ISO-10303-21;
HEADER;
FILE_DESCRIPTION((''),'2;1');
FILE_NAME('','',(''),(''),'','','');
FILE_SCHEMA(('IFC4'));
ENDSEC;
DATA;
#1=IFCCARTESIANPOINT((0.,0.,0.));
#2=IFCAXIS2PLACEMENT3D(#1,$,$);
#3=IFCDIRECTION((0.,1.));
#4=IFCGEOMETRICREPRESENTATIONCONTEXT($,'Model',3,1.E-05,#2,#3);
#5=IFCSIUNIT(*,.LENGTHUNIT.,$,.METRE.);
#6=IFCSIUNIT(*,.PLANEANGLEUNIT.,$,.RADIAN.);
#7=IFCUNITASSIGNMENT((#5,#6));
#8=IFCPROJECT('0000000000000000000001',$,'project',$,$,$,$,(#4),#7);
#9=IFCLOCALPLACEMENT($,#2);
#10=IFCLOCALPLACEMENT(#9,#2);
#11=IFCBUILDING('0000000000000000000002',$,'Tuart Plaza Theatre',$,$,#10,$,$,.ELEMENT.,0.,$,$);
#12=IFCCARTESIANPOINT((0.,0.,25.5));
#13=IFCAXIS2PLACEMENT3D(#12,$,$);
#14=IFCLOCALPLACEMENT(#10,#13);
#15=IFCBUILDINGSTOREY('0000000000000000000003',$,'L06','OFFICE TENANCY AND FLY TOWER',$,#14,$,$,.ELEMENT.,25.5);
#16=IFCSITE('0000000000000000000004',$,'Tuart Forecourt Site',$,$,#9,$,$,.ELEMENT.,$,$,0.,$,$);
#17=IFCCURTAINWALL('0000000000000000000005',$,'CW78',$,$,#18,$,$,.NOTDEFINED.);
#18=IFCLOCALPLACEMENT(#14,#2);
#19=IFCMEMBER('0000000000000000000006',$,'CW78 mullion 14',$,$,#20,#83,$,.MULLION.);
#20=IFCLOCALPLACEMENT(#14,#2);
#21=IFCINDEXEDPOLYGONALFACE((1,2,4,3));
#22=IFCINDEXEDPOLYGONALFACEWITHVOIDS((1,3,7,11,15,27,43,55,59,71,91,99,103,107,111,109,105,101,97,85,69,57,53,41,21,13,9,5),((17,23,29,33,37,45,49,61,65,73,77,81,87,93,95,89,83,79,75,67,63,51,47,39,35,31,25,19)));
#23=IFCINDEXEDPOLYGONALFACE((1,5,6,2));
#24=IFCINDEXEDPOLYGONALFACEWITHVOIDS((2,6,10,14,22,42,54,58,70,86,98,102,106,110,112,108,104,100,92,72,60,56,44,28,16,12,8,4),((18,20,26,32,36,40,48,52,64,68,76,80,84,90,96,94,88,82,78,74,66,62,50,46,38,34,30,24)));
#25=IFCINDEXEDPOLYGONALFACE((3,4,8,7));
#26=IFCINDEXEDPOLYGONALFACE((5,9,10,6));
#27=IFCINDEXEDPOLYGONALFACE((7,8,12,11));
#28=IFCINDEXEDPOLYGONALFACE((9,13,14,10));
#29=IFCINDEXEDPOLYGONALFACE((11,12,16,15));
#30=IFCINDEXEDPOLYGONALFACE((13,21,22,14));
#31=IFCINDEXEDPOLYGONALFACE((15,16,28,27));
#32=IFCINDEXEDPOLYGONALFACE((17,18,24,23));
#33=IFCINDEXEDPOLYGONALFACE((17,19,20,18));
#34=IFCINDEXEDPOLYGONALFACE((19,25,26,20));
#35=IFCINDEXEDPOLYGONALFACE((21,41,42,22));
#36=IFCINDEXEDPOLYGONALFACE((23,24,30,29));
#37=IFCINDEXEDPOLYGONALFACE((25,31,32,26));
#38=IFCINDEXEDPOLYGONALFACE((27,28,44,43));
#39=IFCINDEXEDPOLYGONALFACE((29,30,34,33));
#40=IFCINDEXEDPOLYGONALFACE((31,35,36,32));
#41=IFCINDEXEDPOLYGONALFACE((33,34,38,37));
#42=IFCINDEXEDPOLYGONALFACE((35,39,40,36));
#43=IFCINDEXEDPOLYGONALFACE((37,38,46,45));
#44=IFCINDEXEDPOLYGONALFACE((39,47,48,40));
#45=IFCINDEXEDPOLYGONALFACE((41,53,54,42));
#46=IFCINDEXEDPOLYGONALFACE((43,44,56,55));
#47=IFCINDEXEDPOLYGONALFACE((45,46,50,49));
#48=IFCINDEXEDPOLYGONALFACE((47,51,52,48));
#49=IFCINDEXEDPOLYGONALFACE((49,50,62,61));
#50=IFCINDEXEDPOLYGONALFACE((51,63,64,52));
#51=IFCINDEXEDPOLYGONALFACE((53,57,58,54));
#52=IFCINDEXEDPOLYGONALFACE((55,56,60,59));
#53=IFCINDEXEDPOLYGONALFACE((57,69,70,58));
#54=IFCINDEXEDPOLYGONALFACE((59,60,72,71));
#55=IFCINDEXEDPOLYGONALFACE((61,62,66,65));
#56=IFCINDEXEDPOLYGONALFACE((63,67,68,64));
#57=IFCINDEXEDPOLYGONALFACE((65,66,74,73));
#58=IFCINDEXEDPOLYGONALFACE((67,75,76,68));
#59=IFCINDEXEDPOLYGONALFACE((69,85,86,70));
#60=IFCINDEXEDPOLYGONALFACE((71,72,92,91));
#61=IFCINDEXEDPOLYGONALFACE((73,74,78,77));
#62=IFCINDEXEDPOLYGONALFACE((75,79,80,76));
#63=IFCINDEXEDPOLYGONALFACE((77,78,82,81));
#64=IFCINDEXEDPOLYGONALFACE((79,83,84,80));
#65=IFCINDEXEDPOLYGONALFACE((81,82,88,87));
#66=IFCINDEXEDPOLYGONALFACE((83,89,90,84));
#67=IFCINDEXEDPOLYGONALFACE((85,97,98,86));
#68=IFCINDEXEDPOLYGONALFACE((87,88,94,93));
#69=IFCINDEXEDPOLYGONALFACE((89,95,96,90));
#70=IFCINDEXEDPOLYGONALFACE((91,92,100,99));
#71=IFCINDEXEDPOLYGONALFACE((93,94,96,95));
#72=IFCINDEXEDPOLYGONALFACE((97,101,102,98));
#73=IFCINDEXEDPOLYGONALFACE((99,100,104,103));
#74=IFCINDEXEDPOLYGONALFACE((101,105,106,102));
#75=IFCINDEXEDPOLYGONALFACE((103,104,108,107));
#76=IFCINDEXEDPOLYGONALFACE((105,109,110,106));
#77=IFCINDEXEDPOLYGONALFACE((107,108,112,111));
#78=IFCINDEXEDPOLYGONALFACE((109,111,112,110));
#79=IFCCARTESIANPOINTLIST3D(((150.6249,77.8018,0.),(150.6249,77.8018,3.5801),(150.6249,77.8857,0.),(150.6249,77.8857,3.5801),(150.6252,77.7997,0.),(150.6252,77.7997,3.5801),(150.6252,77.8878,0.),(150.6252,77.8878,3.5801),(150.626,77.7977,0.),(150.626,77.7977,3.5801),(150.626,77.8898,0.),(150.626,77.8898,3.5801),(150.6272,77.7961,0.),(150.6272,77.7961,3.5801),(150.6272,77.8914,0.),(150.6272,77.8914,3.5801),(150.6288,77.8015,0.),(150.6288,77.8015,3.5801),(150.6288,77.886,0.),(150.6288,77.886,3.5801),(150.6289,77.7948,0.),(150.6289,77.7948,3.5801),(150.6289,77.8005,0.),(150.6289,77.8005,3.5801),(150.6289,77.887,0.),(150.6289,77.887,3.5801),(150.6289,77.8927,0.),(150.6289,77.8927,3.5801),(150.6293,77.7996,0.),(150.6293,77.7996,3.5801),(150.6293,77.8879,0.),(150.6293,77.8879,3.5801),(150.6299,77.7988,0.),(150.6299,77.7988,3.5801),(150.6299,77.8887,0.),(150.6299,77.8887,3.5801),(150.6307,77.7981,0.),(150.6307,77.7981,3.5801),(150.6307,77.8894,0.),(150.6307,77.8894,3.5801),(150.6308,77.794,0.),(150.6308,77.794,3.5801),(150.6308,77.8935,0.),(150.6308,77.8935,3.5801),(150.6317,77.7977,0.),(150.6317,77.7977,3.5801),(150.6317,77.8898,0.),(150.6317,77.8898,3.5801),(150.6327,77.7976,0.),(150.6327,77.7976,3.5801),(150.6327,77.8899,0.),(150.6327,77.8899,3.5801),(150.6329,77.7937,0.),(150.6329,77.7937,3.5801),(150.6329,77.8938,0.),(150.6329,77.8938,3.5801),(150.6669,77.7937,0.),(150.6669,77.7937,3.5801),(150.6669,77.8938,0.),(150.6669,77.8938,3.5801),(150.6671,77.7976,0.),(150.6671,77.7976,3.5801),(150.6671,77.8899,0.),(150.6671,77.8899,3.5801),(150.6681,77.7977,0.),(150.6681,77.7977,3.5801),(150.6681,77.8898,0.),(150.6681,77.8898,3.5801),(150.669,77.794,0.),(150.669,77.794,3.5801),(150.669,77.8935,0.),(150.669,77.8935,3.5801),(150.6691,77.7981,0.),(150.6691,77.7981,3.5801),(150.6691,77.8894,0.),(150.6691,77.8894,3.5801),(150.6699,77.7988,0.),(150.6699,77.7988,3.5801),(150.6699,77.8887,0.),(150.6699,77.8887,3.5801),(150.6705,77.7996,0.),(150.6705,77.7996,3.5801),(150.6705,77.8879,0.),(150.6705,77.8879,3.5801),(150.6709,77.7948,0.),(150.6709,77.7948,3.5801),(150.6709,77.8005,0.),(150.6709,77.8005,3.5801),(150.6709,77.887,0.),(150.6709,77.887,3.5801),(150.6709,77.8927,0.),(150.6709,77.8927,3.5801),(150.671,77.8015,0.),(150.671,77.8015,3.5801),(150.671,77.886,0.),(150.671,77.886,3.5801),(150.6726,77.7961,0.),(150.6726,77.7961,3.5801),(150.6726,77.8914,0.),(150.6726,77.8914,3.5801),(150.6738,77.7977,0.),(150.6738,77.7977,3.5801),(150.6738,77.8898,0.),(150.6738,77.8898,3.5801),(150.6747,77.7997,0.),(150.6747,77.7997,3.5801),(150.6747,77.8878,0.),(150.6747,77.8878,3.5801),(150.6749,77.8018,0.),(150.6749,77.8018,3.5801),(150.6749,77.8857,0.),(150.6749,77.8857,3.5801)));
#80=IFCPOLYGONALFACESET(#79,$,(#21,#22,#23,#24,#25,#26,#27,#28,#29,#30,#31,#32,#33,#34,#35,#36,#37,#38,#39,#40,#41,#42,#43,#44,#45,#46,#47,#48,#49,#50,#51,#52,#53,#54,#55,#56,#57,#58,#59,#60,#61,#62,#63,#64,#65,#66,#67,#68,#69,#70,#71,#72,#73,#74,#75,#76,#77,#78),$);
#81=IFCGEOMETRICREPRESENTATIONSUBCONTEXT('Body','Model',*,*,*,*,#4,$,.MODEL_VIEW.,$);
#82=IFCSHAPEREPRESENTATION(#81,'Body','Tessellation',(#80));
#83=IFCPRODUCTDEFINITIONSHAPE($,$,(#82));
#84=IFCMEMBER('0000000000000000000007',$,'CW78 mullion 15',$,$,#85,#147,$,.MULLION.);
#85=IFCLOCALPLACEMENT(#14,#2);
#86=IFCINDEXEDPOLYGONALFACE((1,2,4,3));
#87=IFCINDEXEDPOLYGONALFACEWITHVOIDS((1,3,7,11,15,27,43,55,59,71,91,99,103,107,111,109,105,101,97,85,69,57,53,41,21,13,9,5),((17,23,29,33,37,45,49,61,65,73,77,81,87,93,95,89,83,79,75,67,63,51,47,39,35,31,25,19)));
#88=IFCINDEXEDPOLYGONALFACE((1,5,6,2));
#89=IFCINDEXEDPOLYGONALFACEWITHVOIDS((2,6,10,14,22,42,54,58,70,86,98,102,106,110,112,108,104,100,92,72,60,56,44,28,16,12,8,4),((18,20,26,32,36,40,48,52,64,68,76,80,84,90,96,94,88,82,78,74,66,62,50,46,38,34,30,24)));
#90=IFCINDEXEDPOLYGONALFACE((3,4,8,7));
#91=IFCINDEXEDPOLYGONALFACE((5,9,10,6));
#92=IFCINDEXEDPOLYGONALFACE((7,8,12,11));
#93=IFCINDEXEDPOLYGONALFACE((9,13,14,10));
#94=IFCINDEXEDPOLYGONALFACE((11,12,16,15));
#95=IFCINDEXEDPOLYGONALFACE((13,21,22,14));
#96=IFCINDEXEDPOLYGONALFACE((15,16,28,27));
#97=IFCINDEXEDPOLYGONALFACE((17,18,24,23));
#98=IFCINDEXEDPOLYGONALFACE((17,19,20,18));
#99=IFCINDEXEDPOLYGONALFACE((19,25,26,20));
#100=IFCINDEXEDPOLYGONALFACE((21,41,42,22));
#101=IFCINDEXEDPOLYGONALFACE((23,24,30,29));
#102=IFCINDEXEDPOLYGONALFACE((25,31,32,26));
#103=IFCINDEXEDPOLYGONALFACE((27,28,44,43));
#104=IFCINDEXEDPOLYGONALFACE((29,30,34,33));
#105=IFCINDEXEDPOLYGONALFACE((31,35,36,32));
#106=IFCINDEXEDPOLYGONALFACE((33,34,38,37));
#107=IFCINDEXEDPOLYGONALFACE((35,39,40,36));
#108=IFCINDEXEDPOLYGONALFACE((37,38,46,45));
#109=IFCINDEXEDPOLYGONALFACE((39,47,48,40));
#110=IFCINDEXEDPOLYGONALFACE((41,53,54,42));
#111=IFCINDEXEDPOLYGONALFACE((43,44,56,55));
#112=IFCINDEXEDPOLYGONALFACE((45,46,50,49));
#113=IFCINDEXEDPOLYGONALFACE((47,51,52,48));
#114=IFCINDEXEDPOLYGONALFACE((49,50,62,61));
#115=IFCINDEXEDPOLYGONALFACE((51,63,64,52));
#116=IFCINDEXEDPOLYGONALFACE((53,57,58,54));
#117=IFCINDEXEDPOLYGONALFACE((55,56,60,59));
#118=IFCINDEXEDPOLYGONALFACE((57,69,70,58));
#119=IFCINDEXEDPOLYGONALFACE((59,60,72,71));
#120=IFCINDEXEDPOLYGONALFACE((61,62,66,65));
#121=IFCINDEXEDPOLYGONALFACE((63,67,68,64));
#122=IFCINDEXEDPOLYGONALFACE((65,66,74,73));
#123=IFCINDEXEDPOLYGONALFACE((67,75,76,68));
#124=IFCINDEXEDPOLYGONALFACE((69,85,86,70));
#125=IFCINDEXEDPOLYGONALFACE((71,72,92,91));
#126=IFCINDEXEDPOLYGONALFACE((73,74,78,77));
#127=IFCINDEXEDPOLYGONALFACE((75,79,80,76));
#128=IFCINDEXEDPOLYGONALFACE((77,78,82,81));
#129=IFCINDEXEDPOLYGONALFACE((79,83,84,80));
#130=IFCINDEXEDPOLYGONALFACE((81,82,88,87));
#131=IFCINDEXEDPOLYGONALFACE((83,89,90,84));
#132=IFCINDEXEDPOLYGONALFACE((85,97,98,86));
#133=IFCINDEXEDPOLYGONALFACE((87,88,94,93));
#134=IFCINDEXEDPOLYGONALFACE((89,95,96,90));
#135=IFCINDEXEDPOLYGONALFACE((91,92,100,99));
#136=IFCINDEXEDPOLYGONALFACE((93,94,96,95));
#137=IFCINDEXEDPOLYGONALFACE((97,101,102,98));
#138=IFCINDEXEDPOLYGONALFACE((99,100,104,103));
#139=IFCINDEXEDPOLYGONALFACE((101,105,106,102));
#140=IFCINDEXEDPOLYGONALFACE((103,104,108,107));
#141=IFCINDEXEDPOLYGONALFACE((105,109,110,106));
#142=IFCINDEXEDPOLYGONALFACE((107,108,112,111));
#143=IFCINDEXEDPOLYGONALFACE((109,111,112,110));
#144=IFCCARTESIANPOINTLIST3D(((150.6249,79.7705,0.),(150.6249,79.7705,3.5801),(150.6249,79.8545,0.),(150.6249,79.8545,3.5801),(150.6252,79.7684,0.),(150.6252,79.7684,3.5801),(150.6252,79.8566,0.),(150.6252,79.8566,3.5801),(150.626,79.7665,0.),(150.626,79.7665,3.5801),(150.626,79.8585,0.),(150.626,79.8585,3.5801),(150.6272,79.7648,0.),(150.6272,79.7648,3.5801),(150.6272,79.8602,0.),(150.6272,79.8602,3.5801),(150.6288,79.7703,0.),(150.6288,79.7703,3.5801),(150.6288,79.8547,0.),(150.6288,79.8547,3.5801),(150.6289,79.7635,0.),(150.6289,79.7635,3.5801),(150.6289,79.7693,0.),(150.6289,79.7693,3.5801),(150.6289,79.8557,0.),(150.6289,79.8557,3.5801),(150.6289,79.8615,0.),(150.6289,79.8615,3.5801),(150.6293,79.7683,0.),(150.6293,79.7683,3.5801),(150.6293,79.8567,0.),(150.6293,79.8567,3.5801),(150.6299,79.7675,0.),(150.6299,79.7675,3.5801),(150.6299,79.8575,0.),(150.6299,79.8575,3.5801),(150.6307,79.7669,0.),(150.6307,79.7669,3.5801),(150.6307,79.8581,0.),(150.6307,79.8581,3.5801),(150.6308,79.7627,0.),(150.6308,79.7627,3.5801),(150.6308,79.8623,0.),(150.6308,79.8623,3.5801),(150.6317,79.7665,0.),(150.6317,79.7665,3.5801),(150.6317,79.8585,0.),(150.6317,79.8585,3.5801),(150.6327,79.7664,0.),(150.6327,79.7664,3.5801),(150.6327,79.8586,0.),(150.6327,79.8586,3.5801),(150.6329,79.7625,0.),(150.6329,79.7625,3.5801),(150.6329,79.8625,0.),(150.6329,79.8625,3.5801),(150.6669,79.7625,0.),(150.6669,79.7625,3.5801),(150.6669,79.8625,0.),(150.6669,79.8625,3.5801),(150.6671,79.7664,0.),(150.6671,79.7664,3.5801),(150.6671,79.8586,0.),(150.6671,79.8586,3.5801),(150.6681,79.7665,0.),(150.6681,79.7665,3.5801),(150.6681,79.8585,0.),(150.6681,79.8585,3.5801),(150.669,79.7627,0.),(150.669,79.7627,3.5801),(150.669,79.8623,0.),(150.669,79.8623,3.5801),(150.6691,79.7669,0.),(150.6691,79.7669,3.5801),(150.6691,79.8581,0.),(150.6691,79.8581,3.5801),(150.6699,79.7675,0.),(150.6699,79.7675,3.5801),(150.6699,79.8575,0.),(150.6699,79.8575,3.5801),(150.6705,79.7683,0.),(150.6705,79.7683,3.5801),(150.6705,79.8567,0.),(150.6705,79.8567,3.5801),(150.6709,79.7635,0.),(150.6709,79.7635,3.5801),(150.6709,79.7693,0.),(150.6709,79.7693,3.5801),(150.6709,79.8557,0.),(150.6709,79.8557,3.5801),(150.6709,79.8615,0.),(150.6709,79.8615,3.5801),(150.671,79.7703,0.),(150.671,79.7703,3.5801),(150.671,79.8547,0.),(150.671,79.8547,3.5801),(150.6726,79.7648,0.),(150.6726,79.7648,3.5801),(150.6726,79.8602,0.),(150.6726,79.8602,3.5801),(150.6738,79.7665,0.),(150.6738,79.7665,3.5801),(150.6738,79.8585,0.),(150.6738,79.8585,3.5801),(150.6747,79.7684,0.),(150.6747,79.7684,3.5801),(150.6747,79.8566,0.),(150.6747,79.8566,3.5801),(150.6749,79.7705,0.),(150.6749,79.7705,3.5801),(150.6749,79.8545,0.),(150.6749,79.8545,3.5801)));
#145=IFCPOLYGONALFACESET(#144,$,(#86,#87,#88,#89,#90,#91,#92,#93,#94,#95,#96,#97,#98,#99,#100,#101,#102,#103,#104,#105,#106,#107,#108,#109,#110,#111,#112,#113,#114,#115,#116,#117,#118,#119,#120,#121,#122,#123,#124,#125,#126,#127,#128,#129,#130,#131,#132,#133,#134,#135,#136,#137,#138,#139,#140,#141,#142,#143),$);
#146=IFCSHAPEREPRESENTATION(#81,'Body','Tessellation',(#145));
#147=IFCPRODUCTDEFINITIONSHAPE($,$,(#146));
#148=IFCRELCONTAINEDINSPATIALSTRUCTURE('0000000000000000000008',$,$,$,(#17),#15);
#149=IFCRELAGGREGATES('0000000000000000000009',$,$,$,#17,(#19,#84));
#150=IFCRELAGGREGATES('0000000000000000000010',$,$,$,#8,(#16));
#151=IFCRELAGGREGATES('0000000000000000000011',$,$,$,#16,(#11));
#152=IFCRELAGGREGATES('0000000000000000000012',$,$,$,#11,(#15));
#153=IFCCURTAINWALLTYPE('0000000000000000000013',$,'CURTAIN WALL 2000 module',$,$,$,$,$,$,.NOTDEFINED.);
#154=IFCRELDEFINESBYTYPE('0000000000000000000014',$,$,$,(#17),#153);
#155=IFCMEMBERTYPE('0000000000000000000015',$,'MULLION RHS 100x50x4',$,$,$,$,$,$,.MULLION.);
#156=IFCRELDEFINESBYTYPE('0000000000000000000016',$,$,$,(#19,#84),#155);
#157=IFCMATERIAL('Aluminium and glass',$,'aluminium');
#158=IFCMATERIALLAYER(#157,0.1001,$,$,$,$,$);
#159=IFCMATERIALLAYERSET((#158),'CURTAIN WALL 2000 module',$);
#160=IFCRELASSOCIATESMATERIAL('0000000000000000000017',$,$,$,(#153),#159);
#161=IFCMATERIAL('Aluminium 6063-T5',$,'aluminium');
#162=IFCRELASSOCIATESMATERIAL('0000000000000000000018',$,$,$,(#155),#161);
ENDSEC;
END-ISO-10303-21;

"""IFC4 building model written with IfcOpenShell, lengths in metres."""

from ifc_helpers import new_model, si_unit, direction, frame, origin, origin_2d, place, context, subcontext, project, spatial, hollow_rectangle, extrude, material, layer, layer_set, material_profile, profile_set, type_object, element, aggregate, save


model = new_model("IFC4")

# Units and contexts
model_context = context("Model", 3, precision=1e-05, world=origin(), true_north=direction((0.0, 1.0)))
body_context = subcontext(model_context, "Body", "Model", "MODEL_VIEW")
ifc_project = project(units=[si_unit("LENGTHUNIT", "METRE"), si_unit("PLANEANGLEUNIT", "RADIAN")], contexts=[model_context])

# Site, building, storey
site_placement = place(None, origin())
site = spatial("IfcSite", under=ifc_project, at=site_placement, Name="Tuart Forecourt Site", CompositionType="ELEMENT", RefElevation=0.0)
building_placement = place(site_placement, origin())
building = spatial("IfcBuilding", under=site, at=building_placement, Name="Tuart Plaza Theatre", CompositionType="ELEMENT", ElevationOfRefHeight=0.0)
storey_placement = place(building_placement, frame((0.0, 0.0, 25.5)))
storey = spatial("IfcBuildingStorey", under=building, at=storey_placement, Name="L06", Description="OFFICE TENANCY AND FLY TOWER", CompositionType="ELEMENT", Elevation=25.5)

# Curtain wall, members
ifc_material_1 = material(Name="Aluminium and glass", Category="aluminium")
ifc_layer_1 = layer(ifc_material_1, 0.1001)
ifc_layer_set_1 = layer_set([ifc_layer_1], Name="CURTAIN WALL 2000 module")
curtain_wall_type = type_object("IfcCurtainWallType", Name="CURTAIN WALL 2000 module", PredefinedType="NOTDEFINED", material=ifc_layer_set_1)
curtain_wall_placement = place(storey_placement, origin())
curtain_wall = element("IfcCurtainWall", 1, at=curtain_wall_placement, inside=storey, type_object=curtain_wall_type, Name="CW78", PredefinedType="NOTDEFINED")
ifc_material_2 = material(Name="Aluminium 6063-T5", Category="aluminium")
ifc_material_profile_1 = material_profile(ifc_material_2, hollow_rectangle(XDim=0.05, YDim=0.1001, WallThickness=0.0039, InnerFilletRadius=0.0039, OuterFilletRadius=0.0081, at=origin_2d()), Name="RHS 100x50x4")
ifc_profile_set_1 = profile_set([ifc_material_profile_1], Name="Aluminium 6063-T5")
member_type_1 = type_object("IfcMemberType", Name="MULLION RHS 100x50x4", PredefinedType="MULLION", material=ifc_profile_set_1)
member_1_placement = place(storey_placement, frame((150.6499, 77.8438, 0.0), z_axis=(0.0, 0.0, 1.0), x_axis=(-1.0, 0.0, 0.0)))
member_1 = element("IfcMember", 2, at=member_1_placement, type_object=member_type_1, Name="CW78 mullion 14", PredefinedType="MULLION", context=body_context, shape_type="SweptSolid", body=[
    extrude(hollow_rectangle(XDim=0.05, YDim=0.1001, WallThickness=0.0039, InnerFilletRadius=0.0039, OuterFilletRadius=0.0081, at=origin_2d()), origin(), (0.0, 0.0, 1.0), 3.5801),
])
member_2_placement = place(storey_placement, frame((150.6499, 79.8125, 0.0), z_axis=(0.0, 0.0, 1.0), x_axis=(-1.0, 0.0, 0.0)))
member_2 = element("IfcMember", 3, at=member_2_placement, type_object=member_type_1, Name="CW78 mullion 15", PredefinedType="MULLION", context=body_context, shape_type="SweptSolid", body=[
    extrude(hollow_rectangle(XDim=0.05, YDim=0.1001, WallThickness=0.0039, InnerFilletRadius=0.0039, OuterFilletRadius=0.0081, at=origin_2d()), origin(), (0.0, 0.0, 1.0), 3.5801),
])
aggregate(curtain_wall, [member_1, member_2])

save(model, "model.ifc")
